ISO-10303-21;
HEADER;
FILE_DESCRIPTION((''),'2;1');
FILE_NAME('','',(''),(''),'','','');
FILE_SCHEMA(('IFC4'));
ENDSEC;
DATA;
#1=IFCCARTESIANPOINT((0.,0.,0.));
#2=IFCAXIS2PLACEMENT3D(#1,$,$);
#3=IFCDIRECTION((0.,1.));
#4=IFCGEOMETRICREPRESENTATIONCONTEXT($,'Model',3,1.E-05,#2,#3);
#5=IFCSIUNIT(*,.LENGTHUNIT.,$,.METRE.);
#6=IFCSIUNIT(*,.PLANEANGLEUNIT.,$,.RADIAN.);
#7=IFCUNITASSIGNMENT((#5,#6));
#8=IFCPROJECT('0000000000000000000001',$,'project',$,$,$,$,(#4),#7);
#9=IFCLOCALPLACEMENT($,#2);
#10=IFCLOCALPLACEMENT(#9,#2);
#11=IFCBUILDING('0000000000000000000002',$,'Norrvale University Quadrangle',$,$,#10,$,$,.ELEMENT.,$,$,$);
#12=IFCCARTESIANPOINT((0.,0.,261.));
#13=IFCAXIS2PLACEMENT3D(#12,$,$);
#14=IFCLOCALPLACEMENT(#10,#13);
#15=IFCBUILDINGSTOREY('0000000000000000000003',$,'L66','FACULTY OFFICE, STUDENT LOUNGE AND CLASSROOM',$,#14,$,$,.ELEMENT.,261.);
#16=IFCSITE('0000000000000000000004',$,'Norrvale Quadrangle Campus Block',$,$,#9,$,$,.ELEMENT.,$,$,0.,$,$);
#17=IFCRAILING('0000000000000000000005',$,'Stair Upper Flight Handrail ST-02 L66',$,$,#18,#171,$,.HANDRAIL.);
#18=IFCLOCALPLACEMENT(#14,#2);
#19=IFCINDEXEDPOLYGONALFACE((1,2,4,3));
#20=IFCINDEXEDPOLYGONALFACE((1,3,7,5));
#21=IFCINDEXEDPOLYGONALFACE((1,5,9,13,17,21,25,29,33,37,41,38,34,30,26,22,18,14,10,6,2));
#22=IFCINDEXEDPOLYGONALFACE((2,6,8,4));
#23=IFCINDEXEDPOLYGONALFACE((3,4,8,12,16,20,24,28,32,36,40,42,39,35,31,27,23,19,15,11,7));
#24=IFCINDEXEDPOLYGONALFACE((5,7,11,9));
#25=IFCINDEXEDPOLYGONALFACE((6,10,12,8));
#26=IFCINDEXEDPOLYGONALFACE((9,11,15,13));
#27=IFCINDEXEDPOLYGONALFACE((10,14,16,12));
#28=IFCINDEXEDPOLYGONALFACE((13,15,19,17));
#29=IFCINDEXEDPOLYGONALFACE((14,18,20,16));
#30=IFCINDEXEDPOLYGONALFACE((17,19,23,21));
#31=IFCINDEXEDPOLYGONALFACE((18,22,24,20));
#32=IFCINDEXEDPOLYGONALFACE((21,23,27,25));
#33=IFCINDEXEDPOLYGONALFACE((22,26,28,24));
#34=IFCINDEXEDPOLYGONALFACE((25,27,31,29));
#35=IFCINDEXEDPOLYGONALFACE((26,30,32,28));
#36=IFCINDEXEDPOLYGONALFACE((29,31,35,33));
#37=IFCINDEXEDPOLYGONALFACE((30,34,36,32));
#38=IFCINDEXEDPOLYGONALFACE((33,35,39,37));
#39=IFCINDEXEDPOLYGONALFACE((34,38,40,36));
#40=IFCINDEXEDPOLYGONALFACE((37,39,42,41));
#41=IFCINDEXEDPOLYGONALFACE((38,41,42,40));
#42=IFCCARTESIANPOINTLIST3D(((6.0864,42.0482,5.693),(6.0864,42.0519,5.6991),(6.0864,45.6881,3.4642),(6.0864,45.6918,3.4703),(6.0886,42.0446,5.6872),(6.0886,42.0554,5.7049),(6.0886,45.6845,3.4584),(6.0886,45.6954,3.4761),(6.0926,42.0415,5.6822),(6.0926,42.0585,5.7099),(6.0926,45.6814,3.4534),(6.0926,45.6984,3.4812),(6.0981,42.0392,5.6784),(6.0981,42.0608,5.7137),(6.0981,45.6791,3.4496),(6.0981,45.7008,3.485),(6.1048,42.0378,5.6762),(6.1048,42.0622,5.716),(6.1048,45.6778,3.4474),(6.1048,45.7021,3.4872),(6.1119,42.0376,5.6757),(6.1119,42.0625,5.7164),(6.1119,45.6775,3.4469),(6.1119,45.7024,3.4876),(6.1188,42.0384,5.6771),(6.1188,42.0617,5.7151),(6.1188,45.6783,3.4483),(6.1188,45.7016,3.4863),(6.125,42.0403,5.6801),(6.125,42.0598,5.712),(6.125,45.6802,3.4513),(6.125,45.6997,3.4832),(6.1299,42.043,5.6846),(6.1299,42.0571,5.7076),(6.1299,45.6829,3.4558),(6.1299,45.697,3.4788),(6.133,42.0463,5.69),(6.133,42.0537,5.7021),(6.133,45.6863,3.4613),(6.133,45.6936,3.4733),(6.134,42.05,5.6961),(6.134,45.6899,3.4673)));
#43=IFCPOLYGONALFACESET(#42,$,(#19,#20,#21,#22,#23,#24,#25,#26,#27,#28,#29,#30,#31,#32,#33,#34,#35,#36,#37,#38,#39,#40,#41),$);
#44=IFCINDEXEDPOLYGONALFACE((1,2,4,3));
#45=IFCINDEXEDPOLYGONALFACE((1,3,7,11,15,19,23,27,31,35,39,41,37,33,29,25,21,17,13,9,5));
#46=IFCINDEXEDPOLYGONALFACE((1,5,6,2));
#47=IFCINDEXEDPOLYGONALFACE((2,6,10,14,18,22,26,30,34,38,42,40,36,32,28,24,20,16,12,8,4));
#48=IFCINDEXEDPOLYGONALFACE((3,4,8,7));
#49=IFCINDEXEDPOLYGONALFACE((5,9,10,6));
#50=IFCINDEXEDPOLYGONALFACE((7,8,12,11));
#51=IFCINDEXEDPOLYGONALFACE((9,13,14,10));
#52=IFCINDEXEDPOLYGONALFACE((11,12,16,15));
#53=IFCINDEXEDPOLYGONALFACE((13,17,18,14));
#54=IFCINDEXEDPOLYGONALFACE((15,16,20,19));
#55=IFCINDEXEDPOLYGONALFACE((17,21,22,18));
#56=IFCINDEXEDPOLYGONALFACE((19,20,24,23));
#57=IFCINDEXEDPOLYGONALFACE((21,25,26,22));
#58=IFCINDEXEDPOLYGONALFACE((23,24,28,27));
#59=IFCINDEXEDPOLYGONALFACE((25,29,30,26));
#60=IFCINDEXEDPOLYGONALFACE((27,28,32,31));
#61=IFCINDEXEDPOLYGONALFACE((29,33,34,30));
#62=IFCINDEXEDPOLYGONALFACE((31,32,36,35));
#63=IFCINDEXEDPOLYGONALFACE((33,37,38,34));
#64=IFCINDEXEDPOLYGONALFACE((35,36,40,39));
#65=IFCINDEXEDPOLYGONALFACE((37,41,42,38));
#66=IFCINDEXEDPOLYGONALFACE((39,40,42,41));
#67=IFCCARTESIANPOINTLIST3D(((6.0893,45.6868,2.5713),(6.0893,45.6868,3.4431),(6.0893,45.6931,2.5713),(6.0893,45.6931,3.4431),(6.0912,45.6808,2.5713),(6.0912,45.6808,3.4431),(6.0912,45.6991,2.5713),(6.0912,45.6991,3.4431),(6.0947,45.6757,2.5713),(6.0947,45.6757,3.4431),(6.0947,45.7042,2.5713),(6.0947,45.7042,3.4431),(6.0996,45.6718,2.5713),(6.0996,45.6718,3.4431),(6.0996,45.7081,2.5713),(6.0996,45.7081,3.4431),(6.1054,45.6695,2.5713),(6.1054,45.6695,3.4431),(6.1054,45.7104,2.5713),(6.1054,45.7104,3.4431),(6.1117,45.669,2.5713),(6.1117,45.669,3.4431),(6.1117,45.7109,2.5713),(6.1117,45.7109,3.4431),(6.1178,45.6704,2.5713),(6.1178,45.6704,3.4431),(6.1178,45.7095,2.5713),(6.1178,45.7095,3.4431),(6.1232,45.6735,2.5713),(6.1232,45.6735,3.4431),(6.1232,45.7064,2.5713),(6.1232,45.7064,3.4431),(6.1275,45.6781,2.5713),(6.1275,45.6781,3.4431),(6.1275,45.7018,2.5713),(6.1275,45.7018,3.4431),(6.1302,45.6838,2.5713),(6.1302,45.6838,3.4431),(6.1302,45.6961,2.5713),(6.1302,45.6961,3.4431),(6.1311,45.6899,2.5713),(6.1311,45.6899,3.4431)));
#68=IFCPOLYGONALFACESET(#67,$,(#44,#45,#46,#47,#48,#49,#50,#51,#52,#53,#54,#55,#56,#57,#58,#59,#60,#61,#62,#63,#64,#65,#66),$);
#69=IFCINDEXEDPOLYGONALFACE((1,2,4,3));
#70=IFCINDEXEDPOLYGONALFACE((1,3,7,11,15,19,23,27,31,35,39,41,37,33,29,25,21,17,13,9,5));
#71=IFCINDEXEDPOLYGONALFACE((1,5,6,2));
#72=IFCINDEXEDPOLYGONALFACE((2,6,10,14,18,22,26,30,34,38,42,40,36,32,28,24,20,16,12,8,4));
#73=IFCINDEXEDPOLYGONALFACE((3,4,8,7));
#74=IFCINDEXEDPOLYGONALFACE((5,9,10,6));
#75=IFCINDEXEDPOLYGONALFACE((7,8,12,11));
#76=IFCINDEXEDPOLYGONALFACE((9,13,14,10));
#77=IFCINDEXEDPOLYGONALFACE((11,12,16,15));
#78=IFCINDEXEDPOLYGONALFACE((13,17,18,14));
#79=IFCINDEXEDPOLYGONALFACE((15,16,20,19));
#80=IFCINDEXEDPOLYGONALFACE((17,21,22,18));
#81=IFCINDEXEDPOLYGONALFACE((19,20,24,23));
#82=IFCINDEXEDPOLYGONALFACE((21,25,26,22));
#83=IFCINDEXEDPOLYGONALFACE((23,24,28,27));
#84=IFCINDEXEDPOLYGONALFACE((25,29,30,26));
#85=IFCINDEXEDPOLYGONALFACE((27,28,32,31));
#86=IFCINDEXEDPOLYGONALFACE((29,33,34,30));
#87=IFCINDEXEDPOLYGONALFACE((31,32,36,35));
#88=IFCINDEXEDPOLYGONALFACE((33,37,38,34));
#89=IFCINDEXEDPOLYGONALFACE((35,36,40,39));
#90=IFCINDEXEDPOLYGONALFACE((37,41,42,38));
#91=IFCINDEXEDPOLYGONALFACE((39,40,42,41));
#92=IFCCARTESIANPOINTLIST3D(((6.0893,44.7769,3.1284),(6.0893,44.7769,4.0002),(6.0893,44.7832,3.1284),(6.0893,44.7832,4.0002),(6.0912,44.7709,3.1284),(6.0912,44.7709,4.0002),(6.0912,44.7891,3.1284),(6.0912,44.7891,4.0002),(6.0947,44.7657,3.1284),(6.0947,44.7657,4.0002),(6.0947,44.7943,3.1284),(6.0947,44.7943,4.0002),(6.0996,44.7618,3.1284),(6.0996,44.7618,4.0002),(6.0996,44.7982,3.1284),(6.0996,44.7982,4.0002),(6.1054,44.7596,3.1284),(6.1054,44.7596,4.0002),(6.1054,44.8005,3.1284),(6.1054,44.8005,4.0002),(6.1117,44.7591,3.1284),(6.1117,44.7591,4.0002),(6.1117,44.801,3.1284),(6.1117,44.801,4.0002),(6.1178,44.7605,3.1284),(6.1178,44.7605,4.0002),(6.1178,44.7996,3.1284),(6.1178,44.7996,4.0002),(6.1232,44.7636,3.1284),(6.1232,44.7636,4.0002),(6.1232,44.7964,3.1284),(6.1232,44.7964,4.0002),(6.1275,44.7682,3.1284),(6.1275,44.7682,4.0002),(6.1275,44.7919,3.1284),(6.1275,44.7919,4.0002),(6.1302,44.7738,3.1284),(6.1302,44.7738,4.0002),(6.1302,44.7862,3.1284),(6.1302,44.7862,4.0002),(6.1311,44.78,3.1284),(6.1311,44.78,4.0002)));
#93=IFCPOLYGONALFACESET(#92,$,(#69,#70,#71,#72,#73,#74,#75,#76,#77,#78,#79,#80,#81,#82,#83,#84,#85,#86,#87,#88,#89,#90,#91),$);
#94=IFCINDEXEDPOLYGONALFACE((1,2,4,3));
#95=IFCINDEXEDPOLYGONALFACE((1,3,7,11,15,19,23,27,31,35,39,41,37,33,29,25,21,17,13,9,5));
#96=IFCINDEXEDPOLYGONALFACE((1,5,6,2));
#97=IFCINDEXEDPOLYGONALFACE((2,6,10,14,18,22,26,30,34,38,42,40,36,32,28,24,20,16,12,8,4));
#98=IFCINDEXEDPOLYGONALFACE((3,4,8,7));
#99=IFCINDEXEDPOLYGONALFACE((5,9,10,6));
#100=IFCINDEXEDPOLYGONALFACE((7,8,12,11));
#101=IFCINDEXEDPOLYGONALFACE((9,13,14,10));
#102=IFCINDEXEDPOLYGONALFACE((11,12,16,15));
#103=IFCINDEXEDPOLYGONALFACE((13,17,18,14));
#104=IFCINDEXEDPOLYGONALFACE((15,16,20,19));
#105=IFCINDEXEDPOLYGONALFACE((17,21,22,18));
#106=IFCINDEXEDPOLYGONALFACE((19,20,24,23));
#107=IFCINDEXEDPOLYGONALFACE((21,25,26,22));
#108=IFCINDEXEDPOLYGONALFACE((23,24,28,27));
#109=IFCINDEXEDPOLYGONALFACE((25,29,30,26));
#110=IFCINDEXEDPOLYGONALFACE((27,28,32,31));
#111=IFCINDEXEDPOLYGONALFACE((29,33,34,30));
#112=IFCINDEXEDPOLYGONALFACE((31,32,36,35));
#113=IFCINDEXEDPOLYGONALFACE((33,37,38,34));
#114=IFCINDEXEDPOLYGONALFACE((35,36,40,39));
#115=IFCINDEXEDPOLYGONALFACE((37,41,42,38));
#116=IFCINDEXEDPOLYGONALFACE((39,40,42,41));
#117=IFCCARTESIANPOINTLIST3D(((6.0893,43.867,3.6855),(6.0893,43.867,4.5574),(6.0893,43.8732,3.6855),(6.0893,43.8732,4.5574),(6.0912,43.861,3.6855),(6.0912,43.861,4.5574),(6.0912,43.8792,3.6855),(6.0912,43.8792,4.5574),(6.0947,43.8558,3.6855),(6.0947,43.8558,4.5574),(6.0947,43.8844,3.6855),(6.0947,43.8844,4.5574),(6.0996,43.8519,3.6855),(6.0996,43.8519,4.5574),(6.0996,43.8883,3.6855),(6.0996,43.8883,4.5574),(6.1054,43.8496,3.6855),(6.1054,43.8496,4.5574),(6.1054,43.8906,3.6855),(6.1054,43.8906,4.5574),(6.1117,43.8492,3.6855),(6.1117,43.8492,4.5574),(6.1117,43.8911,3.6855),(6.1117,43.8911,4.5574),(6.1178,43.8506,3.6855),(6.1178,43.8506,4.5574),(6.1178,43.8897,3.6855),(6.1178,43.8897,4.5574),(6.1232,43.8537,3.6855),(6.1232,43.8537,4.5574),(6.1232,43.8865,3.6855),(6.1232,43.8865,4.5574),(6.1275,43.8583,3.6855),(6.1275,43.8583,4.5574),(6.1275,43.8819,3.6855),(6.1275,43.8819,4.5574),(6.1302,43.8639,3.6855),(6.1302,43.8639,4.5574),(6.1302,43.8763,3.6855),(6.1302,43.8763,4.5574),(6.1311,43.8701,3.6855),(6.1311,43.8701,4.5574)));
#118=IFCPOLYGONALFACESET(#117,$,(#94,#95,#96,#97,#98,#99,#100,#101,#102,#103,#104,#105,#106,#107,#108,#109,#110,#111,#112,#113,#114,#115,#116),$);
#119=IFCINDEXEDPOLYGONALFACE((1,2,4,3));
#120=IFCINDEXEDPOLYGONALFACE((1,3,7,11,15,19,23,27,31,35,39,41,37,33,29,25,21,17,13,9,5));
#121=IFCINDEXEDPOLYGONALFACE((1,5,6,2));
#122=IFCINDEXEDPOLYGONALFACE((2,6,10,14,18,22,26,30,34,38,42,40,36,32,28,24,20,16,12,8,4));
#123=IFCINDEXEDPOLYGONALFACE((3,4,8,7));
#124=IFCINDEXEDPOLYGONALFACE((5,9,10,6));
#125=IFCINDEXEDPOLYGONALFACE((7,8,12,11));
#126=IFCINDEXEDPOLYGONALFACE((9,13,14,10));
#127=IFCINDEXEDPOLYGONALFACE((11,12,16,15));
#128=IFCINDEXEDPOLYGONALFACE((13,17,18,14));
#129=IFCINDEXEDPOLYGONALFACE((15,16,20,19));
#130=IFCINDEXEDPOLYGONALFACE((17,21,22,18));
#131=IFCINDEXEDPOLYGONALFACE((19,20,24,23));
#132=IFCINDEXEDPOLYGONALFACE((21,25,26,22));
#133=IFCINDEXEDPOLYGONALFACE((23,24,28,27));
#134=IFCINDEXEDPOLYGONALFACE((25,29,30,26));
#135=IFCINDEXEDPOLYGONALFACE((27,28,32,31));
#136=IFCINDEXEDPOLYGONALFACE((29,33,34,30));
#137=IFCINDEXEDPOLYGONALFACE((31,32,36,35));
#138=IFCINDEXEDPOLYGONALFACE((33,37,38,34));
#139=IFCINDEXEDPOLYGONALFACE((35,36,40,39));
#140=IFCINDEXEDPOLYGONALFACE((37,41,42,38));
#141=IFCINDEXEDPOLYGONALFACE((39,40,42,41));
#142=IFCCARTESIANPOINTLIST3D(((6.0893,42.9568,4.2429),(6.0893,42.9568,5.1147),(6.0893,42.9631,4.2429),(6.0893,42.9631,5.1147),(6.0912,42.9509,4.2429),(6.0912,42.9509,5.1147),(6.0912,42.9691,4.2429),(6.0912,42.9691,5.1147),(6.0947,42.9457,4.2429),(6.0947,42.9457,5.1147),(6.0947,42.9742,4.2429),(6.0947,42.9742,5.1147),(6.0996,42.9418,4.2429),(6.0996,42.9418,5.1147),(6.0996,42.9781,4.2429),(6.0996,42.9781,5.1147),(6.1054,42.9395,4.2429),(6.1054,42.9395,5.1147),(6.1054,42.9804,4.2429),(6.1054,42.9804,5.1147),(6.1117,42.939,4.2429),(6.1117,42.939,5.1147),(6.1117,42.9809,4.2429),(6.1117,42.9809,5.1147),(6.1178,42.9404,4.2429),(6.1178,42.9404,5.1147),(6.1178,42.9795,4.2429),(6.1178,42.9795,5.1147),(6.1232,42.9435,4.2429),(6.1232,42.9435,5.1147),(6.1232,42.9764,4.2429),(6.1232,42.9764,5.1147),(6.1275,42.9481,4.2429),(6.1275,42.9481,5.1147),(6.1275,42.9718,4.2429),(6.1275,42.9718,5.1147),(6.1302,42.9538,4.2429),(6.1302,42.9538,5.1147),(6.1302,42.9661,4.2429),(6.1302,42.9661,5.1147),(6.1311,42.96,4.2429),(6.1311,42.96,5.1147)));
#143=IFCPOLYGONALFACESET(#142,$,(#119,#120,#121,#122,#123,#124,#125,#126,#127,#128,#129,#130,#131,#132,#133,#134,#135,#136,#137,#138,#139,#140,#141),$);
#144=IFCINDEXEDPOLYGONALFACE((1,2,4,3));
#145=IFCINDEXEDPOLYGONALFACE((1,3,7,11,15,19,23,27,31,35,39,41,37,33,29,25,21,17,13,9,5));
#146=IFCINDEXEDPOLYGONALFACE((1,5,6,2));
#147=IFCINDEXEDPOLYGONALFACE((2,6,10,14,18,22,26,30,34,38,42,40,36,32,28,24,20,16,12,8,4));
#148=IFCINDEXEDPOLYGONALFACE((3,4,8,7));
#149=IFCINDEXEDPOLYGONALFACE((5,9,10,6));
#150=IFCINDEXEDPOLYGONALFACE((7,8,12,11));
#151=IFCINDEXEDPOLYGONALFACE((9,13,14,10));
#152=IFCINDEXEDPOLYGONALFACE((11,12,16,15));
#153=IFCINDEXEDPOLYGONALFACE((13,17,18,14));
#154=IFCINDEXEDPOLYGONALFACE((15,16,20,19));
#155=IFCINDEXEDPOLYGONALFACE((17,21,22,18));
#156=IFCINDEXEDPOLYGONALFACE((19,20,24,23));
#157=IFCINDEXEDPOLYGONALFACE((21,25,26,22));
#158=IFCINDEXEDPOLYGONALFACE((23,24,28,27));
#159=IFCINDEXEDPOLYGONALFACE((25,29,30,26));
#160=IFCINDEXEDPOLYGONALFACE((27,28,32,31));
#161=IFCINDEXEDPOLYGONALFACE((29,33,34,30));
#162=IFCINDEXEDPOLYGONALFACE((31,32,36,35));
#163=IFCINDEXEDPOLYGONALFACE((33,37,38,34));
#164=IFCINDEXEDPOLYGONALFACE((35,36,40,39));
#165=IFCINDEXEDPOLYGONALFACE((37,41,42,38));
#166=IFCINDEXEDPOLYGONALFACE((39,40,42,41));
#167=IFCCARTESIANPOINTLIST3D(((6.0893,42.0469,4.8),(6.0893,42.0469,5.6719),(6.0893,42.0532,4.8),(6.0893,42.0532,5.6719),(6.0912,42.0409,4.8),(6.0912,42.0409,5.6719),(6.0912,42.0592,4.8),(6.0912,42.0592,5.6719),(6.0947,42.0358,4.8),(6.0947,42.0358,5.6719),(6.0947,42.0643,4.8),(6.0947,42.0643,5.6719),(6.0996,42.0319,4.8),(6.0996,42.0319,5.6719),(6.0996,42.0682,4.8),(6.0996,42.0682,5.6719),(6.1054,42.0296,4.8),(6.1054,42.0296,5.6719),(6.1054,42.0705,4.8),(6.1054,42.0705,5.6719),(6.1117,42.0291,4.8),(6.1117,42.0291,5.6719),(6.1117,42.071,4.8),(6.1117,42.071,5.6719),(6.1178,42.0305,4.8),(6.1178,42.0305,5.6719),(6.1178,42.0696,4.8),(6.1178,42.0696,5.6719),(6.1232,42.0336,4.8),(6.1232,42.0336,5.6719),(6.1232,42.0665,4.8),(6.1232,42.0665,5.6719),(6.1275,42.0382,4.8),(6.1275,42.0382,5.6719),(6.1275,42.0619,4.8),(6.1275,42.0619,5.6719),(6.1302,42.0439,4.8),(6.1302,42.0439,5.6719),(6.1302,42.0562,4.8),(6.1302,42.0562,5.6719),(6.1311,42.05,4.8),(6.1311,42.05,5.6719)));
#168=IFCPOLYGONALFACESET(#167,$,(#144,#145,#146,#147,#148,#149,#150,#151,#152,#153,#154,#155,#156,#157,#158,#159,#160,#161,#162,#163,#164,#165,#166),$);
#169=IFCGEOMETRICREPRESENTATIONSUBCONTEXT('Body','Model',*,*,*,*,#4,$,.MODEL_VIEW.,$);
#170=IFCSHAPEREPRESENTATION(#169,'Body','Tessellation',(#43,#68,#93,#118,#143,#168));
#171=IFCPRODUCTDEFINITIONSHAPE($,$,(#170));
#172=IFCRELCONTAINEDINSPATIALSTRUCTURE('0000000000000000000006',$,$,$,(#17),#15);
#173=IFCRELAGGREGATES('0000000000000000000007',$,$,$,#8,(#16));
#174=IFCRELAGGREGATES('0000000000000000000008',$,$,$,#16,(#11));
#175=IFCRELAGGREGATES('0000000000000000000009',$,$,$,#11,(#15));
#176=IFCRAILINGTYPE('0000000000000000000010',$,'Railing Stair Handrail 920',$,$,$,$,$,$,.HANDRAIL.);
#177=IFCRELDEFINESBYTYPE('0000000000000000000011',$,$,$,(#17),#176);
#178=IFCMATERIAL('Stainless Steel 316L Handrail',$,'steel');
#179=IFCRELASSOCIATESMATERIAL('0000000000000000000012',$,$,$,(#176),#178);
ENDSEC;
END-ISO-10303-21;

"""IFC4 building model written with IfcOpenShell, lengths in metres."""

from ifc_helpers import new_model, si_unit, direction, frame, origin, origin_2d, place, context, subcontext, project, spatial, circle, extrude, material, type_object, element, save


model = new_model("IFC4")

# Units and contexts
model_context = context("Model", 3, precision=1e-05, world=origin(), true_north=direction((0.0, 1.0)))
body_context = subcontext(model_context, "Body", "Model", "MODEL_VIEW")
ifc_project = project(units=[si_unit("LENGTHUNIT", "METRE"), si_unit("PLANEANGLEUNIT", "RADIAN")], contexts=[model_context])

# Site, building, storey
site_placement = place(None, origin())
site = spatial("IfcSite", under=ifc_project, at=site_placement, Name="Norrvale Quadrangle Campus Block", CompositionType="ELEMENT", RefElevation=0.0)
building_placement = place(site_placement, origin())
building = spatial("IfcBuilding", under=site, at=building_placement, Name="Norrvale University Quadrangle", CompositionType="ELEMENT")
storey_placement = place(building_placement, frame((0.0, 0.0, 261.0)))
storey = spatial("IfcBuildingStorey", under=building, at=storey_placement, Name="L66", Description="FACULTY OFFICE, STUDENT LOUNGE AND CLASSROOM", CompositionType="ELEMENT", Elevation=261.0)

# Railing
ifc_material_1 = material(Name="Stainless Steel 316L Handrail", Category="steel")
railing_type_1 = type_object("IfcRailingType", Name="Railing Stair Handrail 920", PredefinedType="HANDRAIL", material=ifc_material_1)
railing_1_placement = place(storey_placement, frame((6.1101, 45.6899, 2.5713)))
element("IfcRailing", 1, at=railing_1_placement, inside=storey, type_object=railing_type_1, Name="Stair Upper Flight Handrail ST-02 L66", PredefinedType="HANDRAIL", context=body_context, shape_type="SweptSolid", body=[
    extrude(circle(Radius=0.0239, at=origin_2d()), frame((0.0, 0.0, 0.896), z_axis=(0.0, -0.852825, 0.522197), x_axis=(1.0, 0.0, 0.0)), (0.0, 0.0, 1.0), 4.2681),
    extrude(circle(Radius=0.021, at=origin_2d()), origin(), (0.0, 0.0, 1.0), 0.8718),
    extrude(circle(Radius=0.021, at=origin_2d()), frame((0.0, -0.9099, 0.5571)), (0.0, 0.0, 1.0), 0.8718),
    extrude(circle(Radius=0.021, at=origin_2d()), frame((0.0, -1.8198, 1.1143)), (0.0, 0.0, 1.0), 0.8718),
    extrude(circle(Radius=0.021, at=origin_2d()), frame((0.0, -2.73, 1.6716)), (0.0, 0.0, 1.0), 0.8718),
    extrude(circle(Radius=0.021, at=origin_2d()), frame((0.0, -3.6399, 2.2288)), (0.0, 0.0, 1.0), 0.8718),
])

save(model, "model.ifc")
